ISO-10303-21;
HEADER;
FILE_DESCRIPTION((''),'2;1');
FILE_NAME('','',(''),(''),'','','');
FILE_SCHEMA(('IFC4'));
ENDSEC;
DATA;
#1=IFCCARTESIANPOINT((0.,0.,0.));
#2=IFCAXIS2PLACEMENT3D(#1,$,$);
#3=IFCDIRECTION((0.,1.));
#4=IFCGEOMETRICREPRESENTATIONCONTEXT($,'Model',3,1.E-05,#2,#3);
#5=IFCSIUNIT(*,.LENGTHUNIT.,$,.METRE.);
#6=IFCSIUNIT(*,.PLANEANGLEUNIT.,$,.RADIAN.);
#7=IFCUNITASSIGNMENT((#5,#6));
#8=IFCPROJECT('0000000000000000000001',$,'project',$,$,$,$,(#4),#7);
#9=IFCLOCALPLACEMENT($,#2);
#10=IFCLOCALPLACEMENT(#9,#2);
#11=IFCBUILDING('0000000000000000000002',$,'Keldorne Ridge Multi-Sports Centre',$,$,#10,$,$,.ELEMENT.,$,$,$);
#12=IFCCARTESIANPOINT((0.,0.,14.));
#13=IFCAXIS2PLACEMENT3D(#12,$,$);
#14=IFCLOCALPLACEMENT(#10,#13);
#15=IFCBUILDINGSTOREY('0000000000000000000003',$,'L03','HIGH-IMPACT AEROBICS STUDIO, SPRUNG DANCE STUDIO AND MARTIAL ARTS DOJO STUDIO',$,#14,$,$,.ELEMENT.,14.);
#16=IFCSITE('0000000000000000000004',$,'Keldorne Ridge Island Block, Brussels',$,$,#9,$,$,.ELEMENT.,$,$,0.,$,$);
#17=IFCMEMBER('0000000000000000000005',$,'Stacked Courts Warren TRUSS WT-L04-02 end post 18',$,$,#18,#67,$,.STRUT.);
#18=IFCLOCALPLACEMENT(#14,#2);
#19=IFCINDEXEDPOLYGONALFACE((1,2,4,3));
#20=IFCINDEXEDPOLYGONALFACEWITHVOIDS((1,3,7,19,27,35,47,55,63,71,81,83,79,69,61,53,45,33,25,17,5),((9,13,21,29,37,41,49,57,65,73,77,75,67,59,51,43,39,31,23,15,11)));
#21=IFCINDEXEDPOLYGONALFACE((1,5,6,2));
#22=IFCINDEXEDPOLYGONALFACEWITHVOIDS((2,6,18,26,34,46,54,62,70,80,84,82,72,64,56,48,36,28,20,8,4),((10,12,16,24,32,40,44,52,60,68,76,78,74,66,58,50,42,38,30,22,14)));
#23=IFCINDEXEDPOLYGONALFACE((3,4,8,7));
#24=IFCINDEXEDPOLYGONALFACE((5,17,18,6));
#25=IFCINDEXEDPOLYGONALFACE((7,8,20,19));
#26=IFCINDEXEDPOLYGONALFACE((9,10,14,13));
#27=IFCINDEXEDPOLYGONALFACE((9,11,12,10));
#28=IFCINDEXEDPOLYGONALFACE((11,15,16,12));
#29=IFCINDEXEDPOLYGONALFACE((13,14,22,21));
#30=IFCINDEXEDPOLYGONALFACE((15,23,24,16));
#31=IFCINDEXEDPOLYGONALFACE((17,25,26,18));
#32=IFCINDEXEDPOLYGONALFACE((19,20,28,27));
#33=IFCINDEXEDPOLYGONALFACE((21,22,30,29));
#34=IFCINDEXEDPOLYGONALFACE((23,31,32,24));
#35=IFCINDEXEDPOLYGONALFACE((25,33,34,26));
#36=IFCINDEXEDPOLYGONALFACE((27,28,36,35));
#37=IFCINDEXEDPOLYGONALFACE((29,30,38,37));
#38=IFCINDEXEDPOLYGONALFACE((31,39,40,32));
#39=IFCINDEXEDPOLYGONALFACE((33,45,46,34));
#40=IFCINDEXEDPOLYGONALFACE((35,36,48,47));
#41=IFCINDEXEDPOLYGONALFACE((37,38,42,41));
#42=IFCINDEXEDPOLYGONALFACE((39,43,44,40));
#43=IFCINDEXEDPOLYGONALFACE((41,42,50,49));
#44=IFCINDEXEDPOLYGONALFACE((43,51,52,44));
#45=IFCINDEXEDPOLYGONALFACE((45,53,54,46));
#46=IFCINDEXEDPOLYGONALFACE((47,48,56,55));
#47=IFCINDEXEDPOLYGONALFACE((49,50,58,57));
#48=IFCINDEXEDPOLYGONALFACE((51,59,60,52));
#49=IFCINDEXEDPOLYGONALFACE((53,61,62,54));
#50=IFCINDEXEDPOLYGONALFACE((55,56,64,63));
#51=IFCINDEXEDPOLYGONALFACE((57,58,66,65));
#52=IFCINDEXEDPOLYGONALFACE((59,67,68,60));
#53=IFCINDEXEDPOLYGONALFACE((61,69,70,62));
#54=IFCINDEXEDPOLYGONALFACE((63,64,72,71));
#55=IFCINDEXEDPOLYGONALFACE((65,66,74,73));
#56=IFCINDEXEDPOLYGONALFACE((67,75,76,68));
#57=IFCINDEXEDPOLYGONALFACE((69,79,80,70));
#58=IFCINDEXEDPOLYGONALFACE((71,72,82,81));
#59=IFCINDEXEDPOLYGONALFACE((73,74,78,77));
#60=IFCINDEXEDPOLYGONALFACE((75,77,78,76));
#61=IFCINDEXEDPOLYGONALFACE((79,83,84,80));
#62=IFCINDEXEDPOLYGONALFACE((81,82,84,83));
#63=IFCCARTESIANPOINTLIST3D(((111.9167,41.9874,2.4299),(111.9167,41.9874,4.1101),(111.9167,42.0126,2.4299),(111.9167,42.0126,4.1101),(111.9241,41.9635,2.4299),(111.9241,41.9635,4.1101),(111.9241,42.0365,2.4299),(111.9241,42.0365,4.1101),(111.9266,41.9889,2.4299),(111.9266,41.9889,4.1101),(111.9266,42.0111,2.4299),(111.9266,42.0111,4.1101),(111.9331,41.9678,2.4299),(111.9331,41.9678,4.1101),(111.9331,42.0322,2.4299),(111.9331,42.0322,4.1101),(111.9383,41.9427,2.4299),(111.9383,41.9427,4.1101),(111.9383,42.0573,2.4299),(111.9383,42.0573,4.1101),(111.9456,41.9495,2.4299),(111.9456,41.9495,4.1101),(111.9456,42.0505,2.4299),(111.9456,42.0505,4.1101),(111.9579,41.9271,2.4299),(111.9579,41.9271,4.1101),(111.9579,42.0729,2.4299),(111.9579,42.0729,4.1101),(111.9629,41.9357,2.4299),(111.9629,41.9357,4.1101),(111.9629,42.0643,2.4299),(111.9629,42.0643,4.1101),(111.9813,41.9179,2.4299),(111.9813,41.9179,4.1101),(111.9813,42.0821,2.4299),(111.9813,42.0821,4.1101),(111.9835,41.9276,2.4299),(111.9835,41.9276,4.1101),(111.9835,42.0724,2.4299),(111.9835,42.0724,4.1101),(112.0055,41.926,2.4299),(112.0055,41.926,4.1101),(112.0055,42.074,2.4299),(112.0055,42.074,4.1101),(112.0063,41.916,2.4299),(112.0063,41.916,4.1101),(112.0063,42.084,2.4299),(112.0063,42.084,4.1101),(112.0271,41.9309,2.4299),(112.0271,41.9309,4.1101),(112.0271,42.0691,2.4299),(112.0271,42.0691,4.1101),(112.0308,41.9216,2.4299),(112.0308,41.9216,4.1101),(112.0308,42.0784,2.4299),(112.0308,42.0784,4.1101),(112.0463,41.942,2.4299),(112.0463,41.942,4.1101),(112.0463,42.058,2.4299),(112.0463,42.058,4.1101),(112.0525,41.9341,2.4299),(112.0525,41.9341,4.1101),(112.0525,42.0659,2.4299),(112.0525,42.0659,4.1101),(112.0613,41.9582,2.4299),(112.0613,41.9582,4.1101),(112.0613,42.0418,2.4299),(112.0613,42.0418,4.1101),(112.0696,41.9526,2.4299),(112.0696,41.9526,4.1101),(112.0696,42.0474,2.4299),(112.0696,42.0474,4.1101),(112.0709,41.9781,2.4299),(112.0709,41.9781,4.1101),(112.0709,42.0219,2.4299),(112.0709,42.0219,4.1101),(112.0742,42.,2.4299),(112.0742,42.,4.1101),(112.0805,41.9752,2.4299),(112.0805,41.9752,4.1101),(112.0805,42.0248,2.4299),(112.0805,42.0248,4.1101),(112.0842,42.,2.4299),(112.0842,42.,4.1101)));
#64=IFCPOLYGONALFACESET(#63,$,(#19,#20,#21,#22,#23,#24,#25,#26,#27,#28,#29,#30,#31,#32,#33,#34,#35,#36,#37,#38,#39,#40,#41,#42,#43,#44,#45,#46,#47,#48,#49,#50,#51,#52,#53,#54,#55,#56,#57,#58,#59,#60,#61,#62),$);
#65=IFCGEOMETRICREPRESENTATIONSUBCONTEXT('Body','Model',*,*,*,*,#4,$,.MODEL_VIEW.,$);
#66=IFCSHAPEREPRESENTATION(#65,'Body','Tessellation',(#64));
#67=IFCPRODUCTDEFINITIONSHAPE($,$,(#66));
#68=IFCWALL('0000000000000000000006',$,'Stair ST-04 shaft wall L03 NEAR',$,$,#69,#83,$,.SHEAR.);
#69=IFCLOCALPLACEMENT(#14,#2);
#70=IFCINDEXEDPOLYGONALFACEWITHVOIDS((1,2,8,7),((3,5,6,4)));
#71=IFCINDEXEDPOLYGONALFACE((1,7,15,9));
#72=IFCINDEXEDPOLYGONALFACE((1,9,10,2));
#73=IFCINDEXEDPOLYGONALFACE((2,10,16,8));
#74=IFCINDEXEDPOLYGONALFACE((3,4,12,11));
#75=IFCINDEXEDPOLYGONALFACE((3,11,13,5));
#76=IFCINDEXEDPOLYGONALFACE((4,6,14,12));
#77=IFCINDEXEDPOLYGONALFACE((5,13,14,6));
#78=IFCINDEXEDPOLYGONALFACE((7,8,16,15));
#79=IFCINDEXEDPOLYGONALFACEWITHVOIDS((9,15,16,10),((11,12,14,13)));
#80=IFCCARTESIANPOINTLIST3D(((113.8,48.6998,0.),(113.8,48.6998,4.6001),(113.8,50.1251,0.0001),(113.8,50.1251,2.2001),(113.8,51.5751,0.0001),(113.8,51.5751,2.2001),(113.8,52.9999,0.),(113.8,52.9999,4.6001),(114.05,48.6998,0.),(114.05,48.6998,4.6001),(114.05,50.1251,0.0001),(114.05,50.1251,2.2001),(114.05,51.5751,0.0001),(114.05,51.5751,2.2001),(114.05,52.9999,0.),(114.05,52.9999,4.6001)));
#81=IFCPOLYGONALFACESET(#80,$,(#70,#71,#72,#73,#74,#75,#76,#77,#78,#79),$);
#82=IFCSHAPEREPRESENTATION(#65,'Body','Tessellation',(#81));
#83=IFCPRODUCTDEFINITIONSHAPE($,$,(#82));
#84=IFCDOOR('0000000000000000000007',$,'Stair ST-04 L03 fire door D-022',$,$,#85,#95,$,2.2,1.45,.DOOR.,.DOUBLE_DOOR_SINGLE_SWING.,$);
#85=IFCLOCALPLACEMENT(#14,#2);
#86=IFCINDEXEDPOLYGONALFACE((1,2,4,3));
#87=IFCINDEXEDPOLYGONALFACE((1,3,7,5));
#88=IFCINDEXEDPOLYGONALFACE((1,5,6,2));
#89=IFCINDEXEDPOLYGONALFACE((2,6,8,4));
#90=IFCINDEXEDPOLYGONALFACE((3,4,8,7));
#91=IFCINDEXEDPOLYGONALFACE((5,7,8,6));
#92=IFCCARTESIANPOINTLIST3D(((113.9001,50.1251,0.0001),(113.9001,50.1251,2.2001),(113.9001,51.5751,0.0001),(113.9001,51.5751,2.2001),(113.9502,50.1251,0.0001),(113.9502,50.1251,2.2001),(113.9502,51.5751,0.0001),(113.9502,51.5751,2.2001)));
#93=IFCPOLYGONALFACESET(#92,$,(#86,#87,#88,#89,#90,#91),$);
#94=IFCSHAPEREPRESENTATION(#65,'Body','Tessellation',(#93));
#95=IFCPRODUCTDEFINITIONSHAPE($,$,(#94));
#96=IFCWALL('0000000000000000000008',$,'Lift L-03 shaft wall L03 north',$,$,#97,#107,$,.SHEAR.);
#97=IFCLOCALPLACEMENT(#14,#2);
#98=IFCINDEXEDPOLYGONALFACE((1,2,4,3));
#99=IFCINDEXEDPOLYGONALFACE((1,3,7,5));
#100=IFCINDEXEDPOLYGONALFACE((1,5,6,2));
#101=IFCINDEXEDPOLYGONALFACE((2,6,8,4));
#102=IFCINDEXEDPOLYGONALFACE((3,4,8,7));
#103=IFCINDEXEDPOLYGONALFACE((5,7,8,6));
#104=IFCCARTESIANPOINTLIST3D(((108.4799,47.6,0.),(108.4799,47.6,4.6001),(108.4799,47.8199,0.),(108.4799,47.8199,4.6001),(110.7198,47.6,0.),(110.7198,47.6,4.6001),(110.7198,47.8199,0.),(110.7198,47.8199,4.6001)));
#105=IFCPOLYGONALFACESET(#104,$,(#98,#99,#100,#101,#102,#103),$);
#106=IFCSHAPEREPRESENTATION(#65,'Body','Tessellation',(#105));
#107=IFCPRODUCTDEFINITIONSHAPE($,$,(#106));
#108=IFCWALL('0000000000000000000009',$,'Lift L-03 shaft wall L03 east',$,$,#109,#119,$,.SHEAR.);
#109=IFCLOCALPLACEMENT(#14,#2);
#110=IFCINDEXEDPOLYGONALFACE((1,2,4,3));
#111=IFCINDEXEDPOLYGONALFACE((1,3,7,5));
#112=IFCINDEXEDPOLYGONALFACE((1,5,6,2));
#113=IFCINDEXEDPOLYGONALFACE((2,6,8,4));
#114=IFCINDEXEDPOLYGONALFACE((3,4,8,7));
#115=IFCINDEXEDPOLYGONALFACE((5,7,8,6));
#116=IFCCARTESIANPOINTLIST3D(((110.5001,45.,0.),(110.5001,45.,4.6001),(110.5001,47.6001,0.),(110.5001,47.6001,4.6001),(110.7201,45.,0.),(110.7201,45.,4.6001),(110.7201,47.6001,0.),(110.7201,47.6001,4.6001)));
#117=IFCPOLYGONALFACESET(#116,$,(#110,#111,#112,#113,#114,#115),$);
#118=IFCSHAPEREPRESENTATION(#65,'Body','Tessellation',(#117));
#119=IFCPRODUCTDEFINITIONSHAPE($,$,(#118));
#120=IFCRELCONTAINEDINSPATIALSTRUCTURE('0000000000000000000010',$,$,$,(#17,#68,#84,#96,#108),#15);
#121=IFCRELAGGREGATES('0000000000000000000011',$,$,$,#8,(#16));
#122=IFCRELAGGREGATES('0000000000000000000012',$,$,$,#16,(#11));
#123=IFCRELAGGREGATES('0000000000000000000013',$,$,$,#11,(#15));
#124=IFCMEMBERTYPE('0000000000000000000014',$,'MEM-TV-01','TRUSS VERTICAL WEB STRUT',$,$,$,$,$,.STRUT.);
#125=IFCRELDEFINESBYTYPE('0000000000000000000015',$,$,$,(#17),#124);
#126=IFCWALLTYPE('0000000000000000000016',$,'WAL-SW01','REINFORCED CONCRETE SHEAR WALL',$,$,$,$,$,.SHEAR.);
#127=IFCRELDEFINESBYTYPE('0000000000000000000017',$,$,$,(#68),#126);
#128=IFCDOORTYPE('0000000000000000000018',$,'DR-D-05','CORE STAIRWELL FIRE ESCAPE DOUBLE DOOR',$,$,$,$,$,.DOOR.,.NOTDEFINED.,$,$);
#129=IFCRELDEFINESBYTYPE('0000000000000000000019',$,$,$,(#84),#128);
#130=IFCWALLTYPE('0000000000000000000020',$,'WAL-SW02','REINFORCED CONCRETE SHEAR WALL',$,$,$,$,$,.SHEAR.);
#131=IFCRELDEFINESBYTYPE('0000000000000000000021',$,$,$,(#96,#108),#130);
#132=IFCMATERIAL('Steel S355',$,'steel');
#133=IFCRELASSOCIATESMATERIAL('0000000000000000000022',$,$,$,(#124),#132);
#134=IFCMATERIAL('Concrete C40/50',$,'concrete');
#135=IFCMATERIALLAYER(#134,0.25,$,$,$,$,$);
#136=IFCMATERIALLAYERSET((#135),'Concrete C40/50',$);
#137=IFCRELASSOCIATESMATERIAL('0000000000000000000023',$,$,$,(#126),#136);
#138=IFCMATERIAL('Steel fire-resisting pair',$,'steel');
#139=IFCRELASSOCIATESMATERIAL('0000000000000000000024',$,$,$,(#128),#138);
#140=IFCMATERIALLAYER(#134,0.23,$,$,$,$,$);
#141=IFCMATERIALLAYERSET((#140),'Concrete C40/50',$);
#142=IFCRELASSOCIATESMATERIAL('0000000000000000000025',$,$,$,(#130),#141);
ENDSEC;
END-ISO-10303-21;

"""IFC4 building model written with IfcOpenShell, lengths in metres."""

from ifc_helpers import new_model, si_unit, direction, frame, frame_2d, origin, origin_2d, place, context, subcontext, project, spatial, rectangle, hollow_circle, extrude, material, layer, layer_set, material_profile, profile_set, type_object, element, fill, save


model = new_model("IFC4")

# Units and contexts
model_context = context("Model", 3, precision=1e-05, world=origin(), true_north=direction((0.0, 1.0)))
body_context = subcontext(model_context, "Body", "Model", "MODEL_VIEW")
ifc_project = project(units=[si_unit("LENGTHUNIT", "METRE"), si_unit("PLANEANGLEUNIT", "RADIAN")], contexts=[model_context])

# Site, building, storey
site_placement = place(None, origin())
site = spatial("IfcSite", under=ifc_project, at=site_placement, Name="Keldorne Ridge Island Block, Brussels", CompositionType="ELEMENT", RefElevation=0.0)
building_placement = place(site_placement, origin())
building = spatial("IfcBuilding", under=site, at=building_placement, Name="Keldorne Ridge Multi-Sports Centre", CompositionType="ELEMENT")
storey_placement = place(building_placement, frame((0.0, 0.0, 14.0)))
storey = spatial("IfcBuildingStorey", under=building, at=storey_placement, Name="L03", Description="HIGH-IMPACT AEROBICS STUDIO, SPRUNG DANCE STUDIO AND MARTIAL ARTS DOJO STUDIO", CompositionType="ELEMENT", Elevation=14.0)

# Shared definitions
ifc_material_1 = material(Name="Steel S355", Category="steel")

# Member
ifc_material_profile_1 = material_profile(ifc_material_1, hollow_circle(Radius=0.0842, WallThickness=0.01, at=origin_2d()), Name="CHS 168.3x10")
ifc_profile_set_1 = profile_set([ifc_material_profile_1], Name="Steel S355")
member_type_1 = type_object("IfcMemberType", Name="MEM-TV-01", Description="TRUSS VERTICAL WEB STRUT", PredefinedType="STRUT", material=ifc_profile_set_1)
for number, where, z_axis, x_axis, name in (
    (1, (112.0, 42.0, 2.4299), (0.0, 0.0, 1.0), (1.0, 0.0, 0.0), "Stacked Courts Warren TRUSS WT-L04-02 end post 18"),
):
    element("IfcMember", number, at=place(storey_placement, frame(where, z_axis=z_axis, x_axis=x_axis)), inside=storey, type_object=member_type_1, Name=name, PredefinedType="STRUT", context=body_context, shape_type="SweptSolid", body=[
        extrude(hollow_circle(Radius=0.0842, WallThickness=0.01, at=origin_2d()), origin(), (0.0, 0.0, 1.0), 1.6802),
    ])

# Wall, opening, door
ifc_material_2 = material(Name="Concrete C40/50", Category="concrete")
ifc_layer_1 = layer(ifc_material_2, 0.25)
ifc_layer_set_1 = layer_set([ifc_layer_1], Name="Concrete C40/50")
wall_type_1 = type_object("IfcWallType", Name="WAL-SW01", Description="REINFORCED CONCRETE SHEAR WALL", PredefinedType="SHEAR", material=ifc_layer_set_1)
wall_1_placement = place(storey_placement, frame((113.925, 48.7, 0.0), z_axis=(0.0, 0.0, 1.0), x_axis=(0.0, 1.0, 0.0)))
wall_1 = element("IfcWall", 2, at=wall_1_placement, inside=storey, type_object=wall_type_1, Name="Stair ST-04 shaft wall L03 NEAR", PredefinedType="SHEAR", context=body_context, shape_type="SweptSolid", body=[
    extrude(rectangle(XDim=4.3, YDim=0.25, at=frame_2d((2.1499, 0.0))), origin(), (0.0, 0.0, 1.0), 4.6001),
])
opening_placement = place(wall_1_placement, frame((1.425, 0.0, 0.0)))
opening = element("IfcOpeningElement", 3, at=opening_placement, cuts=wall_1, PredefinedType="OPENING", context=body_context, shape_type="SweptSolid", body=[
    extrude(rectangle(XDim=1.45, YDim=2.2, at=frame_2d((0.7251, 1.1001))), frame((0.0, 0.135, 0.0), z_axis=(0.0, -1.0, 0.0), x_axis=(1.0, 0.0, 0.0)), (0.0, 0.0, 1.0), 0.27),
])
ifc_material_3 = material(Name="Steel fire-resisting pair", Category="steel")
door_type = type_object("IfcDoorType", Name="DR-D-05", Description="CORE STAIRWELL FIRE ESCAPE DOUBLE DOOR", OperationType="NOTDEFINED", PredefinedType="DOOR", material=ifc_material_3)
door_placement = place(opening_placement, origin())
door = element("IfcDoor", 4, at=door_placement, inside=storey, type_object=door_type, Name="Stair ST-04 L03 fire door D-022", OperationType="DOUBLE_DOOR_SINGLE_SWING", OverallHeight=2.2, OverallWidth=1.45, PredefinedType="DOOR", context=body_context, shape_type="SweptSolid", body=[
    extrude(rectangle(XDim=1.45, YDim=2.2, at=frame_2d((0.7251, 1.1001))), frame((0.0, 0.0249, 0.0), z_axis=(0.0, -1.0, 0.0), x_axis=(1.0, 0.0, 0.0)), (0.0, 0.0, 1.0), 0.05),
])
fill(opening, door)

# Walls
ifc_layer_2 = layer(ifc_material_2, 0.23)
ifc_layer_set_2 = layer_set([ifc_layer_2], Name="Concrete C40/50")
wall_type_2 = type_object("IfcWallType", Name="WAL-SW02", Description="REINFORCED CONCRETE SHEAR WALL", PredefinedType="SHEAR", material=ifc_layer_set_2)
wall_2_placement = place(storey_placement, frame((110.72, 47.71, 0.0), z_axis=(0.0, 0.0, 1.0), x_axis=(-1.0, 0.0, 0.0)))
element("IfcWall", 5, at=wall_2_placement, inside=storey, type_object=wall_type_2, Name="Lift L-03 shaft wall L03 north", PredefinedType="SHEAR", context=body_context, shape_type="SweptSolid", body=[
    extrude(rectangle(XDim=2.24, YDim=0.22, at=frame_2d((1.1201, 0.0))), origin(), (0.0, 0.0, 1.0), 4.6001),
])
wall_3_placement = place(storey_placement, frame((110.6101, 45.0, 0.0), z_axis=(0.0, 0.0, 1.0), x_axis=(0.0, 1.0, 0.0)))
element("IfcWall", 6, at=wall_3_placement, inside=storey, type_object=wall_type_2, Name="Lift L-03 shaft wall L03 east", PredefinedType="SHEAR", context=body_context, shape_type="SweptSolid", body=[
    extrude(rectangle(XDim=2.6001, YDim=0.22, at=frame_2d((1.3, 0.0))), origin(), (0.0, 0.0, 1.0), 4.6001),
])

save(model, "model.ifc")
